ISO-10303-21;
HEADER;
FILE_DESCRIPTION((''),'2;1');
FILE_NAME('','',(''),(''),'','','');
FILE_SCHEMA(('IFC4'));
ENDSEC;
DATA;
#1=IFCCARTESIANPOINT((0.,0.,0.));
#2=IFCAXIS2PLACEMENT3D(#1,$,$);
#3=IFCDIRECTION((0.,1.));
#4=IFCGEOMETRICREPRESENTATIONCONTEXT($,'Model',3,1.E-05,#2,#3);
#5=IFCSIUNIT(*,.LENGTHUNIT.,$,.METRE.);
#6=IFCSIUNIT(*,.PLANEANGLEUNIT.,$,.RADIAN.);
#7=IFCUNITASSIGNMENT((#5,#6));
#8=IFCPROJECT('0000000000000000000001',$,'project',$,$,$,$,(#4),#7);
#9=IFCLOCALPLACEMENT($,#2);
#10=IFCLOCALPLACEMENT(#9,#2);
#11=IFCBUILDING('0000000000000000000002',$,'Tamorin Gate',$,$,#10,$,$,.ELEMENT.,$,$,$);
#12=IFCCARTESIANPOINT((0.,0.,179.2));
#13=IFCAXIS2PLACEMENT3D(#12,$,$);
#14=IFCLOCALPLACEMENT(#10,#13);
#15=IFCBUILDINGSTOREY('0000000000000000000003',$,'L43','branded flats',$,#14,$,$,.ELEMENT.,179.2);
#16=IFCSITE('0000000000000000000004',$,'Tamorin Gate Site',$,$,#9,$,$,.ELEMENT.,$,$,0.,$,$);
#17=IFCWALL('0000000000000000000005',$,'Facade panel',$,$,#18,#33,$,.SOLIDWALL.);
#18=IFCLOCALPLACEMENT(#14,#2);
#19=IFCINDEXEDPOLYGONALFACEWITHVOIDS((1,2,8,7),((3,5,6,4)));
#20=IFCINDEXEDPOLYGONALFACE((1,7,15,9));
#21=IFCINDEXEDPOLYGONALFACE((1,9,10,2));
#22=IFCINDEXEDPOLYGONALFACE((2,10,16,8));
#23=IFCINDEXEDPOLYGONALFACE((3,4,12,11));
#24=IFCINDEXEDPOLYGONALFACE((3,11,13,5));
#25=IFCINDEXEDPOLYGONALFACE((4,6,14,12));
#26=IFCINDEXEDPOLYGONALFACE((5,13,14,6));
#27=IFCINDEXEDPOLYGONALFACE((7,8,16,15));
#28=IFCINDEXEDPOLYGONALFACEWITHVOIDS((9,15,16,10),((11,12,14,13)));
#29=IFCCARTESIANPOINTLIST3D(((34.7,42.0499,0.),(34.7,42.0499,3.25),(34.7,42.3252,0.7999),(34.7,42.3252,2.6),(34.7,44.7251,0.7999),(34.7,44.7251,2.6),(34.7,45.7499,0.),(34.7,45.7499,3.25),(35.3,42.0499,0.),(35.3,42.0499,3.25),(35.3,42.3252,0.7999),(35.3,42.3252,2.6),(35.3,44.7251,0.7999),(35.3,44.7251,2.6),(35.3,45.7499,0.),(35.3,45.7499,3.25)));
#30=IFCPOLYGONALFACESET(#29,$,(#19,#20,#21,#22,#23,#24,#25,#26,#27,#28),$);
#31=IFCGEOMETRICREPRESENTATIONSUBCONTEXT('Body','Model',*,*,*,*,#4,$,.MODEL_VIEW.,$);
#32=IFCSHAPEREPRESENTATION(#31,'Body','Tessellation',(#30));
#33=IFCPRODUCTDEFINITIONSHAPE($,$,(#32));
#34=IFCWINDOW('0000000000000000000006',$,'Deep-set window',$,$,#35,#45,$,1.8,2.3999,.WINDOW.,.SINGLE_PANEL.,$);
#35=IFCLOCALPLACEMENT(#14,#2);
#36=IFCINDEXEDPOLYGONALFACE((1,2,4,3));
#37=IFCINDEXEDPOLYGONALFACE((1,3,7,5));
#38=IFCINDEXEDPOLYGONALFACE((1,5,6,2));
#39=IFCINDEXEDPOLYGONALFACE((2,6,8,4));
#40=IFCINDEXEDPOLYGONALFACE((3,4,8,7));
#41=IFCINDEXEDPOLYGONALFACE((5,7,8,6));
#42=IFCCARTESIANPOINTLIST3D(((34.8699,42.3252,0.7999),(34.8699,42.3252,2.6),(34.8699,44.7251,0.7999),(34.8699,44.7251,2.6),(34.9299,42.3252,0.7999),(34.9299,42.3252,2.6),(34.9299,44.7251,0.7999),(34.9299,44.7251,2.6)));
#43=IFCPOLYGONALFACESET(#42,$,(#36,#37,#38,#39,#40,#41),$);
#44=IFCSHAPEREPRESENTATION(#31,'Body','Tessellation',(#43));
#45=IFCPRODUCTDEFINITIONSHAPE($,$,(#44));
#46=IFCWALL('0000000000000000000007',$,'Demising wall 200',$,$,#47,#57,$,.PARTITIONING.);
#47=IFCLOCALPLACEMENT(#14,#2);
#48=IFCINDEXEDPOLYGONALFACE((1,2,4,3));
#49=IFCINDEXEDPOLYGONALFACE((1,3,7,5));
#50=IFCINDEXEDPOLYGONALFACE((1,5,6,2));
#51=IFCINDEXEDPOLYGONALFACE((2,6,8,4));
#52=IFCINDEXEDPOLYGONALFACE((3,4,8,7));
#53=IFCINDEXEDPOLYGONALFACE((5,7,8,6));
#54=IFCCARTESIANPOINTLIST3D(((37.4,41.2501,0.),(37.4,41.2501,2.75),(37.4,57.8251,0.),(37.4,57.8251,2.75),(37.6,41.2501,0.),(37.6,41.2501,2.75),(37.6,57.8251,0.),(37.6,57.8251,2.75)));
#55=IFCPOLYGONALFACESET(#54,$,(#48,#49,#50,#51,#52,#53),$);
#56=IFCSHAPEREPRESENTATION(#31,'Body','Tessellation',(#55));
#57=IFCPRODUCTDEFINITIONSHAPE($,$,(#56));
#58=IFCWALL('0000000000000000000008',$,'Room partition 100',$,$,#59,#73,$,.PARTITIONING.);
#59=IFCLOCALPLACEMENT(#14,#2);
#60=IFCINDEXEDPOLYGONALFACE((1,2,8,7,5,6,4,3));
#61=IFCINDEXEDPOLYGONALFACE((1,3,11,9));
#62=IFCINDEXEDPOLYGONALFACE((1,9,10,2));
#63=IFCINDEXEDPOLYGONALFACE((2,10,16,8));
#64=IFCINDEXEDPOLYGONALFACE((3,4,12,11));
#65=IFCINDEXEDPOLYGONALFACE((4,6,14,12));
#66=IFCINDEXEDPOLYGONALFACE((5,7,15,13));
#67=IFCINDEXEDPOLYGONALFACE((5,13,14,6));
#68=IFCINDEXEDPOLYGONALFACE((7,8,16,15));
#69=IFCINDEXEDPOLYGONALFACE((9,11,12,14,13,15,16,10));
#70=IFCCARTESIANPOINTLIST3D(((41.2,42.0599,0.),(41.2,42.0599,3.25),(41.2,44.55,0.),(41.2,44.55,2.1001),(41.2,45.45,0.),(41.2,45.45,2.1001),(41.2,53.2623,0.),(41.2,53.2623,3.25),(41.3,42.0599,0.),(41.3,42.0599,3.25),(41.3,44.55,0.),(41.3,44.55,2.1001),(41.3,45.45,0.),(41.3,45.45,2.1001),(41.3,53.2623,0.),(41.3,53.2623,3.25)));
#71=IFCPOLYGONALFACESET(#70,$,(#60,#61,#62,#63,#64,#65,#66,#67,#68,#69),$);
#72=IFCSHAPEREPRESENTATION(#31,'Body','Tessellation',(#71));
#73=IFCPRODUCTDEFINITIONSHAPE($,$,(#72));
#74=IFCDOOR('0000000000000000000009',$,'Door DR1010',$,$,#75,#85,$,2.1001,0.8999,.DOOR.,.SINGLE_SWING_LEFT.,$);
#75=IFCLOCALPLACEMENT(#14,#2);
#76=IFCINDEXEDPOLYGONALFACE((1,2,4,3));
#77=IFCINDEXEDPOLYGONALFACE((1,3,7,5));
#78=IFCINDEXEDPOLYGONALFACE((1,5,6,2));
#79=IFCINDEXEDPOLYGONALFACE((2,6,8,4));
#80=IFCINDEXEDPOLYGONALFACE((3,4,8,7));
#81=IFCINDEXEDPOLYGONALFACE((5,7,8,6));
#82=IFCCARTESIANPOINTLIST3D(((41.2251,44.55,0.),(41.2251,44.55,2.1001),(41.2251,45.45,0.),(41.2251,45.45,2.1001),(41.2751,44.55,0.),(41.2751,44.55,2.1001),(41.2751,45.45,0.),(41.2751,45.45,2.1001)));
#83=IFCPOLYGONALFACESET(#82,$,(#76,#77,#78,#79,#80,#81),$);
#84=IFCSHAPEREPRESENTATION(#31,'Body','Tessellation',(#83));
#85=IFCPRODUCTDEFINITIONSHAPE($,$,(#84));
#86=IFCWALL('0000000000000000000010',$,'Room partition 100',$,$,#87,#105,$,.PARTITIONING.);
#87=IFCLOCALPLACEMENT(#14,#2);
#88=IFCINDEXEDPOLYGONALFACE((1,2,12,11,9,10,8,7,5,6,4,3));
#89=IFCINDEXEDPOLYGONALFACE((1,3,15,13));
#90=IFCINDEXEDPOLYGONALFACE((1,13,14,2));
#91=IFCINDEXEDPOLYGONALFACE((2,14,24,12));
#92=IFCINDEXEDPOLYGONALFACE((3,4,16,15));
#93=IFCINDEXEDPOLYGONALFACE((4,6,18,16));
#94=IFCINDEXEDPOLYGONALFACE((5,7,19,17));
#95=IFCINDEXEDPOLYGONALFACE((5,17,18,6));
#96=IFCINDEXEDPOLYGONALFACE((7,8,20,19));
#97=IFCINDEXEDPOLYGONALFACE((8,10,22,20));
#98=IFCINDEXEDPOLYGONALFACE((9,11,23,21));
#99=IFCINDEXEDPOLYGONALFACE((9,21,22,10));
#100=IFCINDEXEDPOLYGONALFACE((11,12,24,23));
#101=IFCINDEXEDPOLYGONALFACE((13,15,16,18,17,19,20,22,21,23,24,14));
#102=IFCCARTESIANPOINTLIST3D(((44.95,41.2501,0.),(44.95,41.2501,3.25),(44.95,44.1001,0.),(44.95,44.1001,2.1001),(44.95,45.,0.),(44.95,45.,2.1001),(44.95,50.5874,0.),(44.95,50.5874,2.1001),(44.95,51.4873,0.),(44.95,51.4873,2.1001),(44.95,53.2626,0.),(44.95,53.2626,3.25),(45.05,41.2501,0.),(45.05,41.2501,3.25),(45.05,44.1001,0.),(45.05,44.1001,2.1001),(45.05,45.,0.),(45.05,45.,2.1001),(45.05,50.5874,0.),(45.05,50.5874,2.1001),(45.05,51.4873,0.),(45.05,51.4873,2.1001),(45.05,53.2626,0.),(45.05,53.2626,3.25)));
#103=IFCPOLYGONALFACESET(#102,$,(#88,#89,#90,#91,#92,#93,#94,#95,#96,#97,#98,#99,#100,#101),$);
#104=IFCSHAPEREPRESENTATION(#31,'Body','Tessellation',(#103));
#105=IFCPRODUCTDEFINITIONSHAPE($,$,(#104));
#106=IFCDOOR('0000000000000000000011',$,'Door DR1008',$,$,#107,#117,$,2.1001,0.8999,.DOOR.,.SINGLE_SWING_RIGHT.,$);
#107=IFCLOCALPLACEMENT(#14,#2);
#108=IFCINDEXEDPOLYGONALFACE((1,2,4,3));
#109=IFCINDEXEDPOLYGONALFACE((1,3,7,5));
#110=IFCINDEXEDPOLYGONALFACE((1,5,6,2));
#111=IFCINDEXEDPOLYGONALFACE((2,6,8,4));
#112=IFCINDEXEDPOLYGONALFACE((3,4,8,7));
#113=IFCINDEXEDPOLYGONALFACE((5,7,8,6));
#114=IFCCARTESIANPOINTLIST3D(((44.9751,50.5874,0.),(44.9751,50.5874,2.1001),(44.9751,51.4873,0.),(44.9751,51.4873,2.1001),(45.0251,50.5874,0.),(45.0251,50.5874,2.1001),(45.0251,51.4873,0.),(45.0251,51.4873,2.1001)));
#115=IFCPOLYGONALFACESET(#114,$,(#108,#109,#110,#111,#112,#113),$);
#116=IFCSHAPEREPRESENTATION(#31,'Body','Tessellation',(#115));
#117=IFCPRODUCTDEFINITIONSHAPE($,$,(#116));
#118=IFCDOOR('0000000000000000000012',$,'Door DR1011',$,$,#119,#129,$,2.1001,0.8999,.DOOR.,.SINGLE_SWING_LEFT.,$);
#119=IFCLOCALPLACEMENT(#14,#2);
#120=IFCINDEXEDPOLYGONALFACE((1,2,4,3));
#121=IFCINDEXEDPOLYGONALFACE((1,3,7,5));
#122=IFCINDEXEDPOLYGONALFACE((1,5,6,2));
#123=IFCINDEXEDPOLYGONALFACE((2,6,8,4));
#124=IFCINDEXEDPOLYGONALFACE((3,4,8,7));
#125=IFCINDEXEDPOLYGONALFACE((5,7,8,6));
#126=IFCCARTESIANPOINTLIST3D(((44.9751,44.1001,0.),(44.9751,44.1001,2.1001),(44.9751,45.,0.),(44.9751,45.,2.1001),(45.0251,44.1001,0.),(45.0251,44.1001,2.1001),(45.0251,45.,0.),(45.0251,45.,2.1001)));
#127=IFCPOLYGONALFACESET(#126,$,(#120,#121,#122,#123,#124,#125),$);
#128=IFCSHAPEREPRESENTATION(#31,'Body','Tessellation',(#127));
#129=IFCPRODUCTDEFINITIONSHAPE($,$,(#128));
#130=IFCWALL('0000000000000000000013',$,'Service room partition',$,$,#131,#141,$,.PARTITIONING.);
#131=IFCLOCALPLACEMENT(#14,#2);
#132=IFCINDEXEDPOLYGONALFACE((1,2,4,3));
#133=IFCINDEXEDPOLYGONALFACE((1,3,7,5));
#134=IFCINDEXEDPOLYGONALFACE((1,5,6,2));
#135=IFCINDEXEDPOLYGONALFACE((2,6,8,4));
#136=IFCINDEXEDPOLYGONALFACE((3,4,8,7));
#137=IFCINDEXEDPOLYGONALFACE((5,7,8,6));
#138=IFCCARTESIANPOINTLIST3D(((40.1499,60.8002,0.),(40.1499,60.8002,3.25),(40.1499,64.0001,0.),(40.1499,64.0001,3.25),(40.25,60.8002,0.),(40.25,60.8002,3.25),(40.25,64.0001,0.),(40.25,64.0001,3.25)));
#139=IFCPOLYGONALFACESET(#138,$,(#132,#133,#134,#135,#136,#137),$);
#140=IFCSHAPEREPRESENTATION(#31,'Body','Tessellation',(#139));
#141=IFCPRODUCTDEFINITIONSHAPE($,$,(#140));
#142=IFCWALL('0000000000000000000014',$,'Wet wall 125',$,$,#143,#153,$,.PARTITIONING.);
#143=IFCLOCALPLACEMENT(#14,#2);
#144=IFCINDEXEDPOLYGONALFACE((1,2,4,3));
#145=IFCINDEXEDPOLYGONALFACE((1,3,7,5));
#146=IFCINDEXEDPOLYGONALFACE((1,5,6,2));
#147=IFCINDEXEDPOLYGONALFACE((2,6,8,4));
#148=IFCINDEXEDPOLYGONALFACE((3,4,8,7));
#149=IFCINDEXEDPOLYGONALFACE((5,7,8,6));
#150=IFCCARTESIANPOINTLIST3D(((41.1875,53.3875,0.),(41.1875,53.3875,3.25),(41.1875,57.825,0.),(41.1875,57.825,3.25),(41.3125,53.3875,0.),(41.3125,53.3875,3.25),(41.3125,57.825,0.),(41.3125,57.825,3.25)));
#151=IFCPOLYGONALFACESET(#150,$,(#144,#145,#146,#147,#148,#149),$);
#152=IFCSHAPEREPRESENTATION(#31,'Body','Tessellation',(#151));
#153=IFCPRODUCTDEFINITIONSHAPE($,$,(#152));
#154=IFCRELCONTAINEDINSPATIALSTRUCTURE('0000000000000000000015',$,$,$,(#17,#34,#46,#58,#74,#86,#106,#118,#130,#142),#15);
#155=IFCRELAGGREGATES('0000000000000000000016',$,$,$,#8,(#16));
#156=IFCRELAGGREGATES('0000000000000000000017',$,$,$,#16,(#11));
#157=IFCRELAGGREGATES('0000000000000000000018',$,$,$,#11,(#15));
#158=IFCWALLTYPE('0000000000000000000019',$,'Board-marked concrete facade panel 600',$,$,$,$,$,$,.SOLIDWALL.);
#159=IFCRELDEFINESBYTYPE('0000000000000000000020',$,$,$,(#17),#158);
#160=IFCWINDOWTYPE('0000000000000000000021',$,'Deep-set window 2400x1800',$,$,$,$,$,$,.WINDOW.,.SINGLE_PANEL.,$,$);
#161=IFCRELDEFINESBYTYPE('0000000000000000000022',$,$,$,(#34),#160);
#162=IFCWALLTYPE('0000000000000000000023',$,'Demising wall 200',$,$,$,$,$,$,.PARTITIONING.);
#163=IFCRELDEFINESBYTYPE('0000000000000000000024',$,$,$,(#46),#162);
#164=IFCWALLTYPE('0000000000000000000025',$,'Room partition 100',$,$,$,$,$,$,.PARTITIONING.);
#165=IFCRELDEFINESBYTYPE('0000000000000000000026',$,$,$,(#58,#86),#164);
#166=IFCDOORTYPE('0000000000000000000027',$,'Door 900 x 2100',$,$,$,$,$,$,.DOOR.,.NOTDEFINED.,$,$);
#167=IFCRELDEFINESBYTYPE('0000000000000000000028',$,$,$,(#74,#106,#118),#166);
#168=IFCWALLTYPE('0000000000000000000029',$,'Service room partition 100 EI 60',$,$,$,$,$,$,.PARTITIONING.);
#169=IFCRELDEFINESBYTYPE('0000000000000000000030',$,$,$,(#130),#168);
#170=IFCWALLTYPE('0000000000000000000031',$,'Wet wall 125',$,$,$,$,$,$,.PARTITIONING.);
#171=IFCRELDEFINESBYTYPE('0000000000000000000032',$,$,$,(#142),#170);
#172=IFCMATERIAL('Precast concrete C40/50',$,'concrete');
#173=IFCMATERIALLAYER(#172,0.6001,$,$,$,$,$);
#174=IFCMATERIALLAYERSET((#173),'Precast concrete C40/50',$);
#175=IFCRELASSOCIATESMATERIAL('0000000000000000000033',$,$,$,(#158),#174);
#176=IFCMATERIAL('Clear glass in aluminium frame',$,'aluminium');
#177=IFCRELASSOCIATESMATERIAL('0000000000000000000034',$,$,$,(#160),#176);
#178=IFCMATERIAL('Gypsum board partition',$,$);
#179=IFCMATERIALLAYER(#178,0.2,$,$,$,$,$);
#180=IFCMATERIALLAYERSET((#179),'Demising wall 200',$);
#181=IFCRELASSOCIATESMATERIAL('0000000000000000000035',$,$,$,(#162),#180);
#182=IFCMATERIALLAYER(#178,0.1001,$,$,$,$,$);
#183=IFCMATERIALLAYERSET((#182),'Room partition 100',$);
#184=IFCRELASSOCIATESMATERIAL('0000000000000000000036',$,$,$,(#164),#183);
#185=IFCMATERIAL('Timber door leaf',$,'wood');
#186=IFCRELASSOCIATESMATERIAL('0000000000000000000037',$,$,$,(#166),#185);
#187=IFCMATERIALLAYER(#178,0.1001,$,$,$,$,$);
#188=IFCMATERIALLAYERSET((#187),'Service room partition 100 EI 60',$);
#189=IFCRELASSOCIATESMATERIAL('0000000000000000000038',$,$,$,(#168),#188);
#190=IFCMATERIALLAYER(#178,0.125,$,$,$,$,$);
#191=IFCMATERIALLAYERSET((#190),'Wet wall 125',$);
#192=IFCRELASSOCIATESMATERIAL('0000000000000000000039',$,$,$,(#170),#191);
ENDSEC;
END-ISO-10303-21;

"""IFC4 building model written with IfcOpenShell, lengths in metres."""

from ifc_helpers import new_model, si_unit, direction, frame, frame_2d, origin, place, context, subcontext, project, spatial, rectangle, extrude, material, layer, layer_set, type_object, element, fill, save


model = new_model("IFC4")

# Units and contexts
model_context = context("Model", 3, precision=1e-05, world=origin(), true_north=direction((0.0, 1.0)))
body_context = subcontext(model_context, "Body", "Model", "MODEL_VIEW")
ifc_project = project(units=[si_unit("LENGTHUNIT", "METRE"), si_unit("PLANEANGLEUNIT", "RADIAN")], contexts=[model_context])

# Site, building, storey
site_placement = place(None, origin())
site = spatial("IfcSite", under=ifc_project, at=site_placement, Name="Tamorin Gate Site", CompositionType="ELEMENT", RefElevation=0.0)
building_placement = place(site_placement, origin())
building = spatial("IfcBuilding", under=site, at=building_placement, Name="Tamorin Gate", CompositionType="ELEMENT")
storey_placement = place(building_placement, frame((0.0, 0.0, 179.2)))
storey = spatial("IfcBuildingStorey", under=building, at=storey_placement, Name="L43", Description="branded flats", CompositionType="ELEMENT", Elevation=179.2)

# Shared definitions
ifc_material_1 = material(Name="Precast concrete C40/50", Category="concrete")
ifc_layer_1 = layer(ifc_material_1, 0.6001)
ifc_layer_set_1 = layer_set([ifc_layer_1], Name="Precast concrete C40/50")
wall_type_1 = type_object("IfcWallType", Name="Board-marked concrete facade panel 600", PredefinedType="SOLIDWALL", material=ifc_layer_set_1)
ifc_material_2 = material(Name="Clear glass in aluminium frame", Category="aluminium")
window_type = type_object("IfcWindowType", Name="Deep-set window 2400x1800", PartitioningType="SINGLE_PANEL", PredefinedType="WINDOW", material=ifc_material_2)

# Wall, opening, window
wall_1_placement = place(storey_placement, frame((35.0, 45.75, 0.0), z_axis=(0.0, 0.0, 1.0), x_axis=(0.0, -1.0, 0.0)))
wall_1 = element("IfcWall", 1, at=wall_1_placement, inside=storey, type_object=wall_type_1, Name="Facade panel", PredefinedType="SOLIDWALL", context=body_context, shape_type="SweptSolid", body=[
    extrude(rectangle(XDim=3.7, YDim=0.6001, at=frame_2d((1.8501, 0.0))), origin(), (0.0, 0.0, 1.0), 3.25),
])
opening_1_placement = place(wall_1_placement, frame((1.0249, 0.0, 0.8)))
opening_1 = element("IfcOpeningElement", 2, at=opening_1_placement, cuts=wall_1, PredefinedType="OPENING", context=body_context, shape_type="SweptSolid", body=[
    extrude(rectangle(XDim=2.3999, YDim=1.8, at=frame_2d((1.2, 0.8999))), frame((0.0, 0.3101, 0.0), z_axis=(0.0, -1.0, 0.0), x_axis=(1.0, 0.0, 0.0)), (0.0, 0.0, 1.0), 0.6201),
])
window_1_placement = place(opening_1_placement, origin())
window_1 = element("IfcWindow", 3, at=window_1_placement, inside=storey, type_object=window_type, Name="Deep-set window", OverallHeight=1.8, OverallWidth=2.3999, PartitioningType="SINGLE_PANEL", PredefinedType="WINDOW", context=body_context, shape_type="SweptSolid", body=[
    extrude(rectangle(XDim=2.3999, YDim=1.8, at=frame_2d((1.2, 0.8999))), frame((0.0, -0.0701, 0.0), z_axis=(0.0, -1.0, 0.0), x_axis=(1.0, 0.0, 0.0)), (0.0, 0.0, 1.0), 0.0601),
])
fill(opening_1, window_1)

# Wall
ifc_material_3 = material(Name="Gypsum board partition")
ifc_layer_2 = layer(ifc_material_3, 0.2)
ifc_layer_set_2 = layer_set([ifc_layer_2], Name="Demising wall 200")
wall_type_2 = type_object("IfcWallType", Name="Demising wall 200", PredefinedType="PARTITIONING", material=ifc_layer_set_2)
wall_2_placement = place(storey_placement, frame((37.5, 41.25, 0.0), z_axis=(0.0, 0.0, 1.0), x_axis=(0.0, 1.0, 0.0)))
element("IfcWall", 4, at=wall_2_placement, inside=storey, type_object=wall_type_2, Name="Demising wall 200", PredefinedType="PARTITIONING", context=body_context, shape_type="SweptSolid", body=[
    extrude(rectangle(XDim=16.575, YDim=0.2, at=frame_2d((8.2876, 0.0))), origin(), (0.0, 0.0, 1.0), 2.75),
])

# Wall, opening, door
ifc_layer_3 = layer(ifc_material_3, 0.1001)
ifc_layer_set_3 = layer_set([ifc_layer_3], Name="Room partition 100")
wall_type_3 = type_object("IfcWallType", Name="Room partition 100", PredefinedType="PARTITIONING", material=ifc_layer_set_3)
wall_3_placement = place(storey_placement, frame((41.25, 42.0601, 0.0), z_axis=(0.0, 0.0, 1.0), x_axis=(0.0, 1.0, 0.0)))
wall_3 = element("IfcWall", 5, at=wall_3_placement, inside=storey, type_object=wall_type_3, Name="Room partition 100", PredefinedType="PARTITIONING", context=body_context, shape_type="SweptSolid", body=[
    extrude(rectangle(XDim=11.2024, YDim=0.1001, at=frame_2d((5.6011, 0.0))), origin(), (0.0, 0.0, 1.0), 3.25),
])
opening_2_placement = place(wall_3_placement, frame((2.49, 0.0, 0.0)))
opening_2 = element("IfcOpeningElement", 6, at=opening_2_placement, cuts=wall_3, PredefinedType="OPENING", context=body_context, shape_type="SweptSolid", body=[
    extrude(rectangle(XDim=0.8999, YDim=2.1001, at=frame_2d((0.45, 1.05))), frame((0.0, 0.0601, 0.0), z_axis=(0.0, -1.0, 0.0), x_axis=(1.0, 0.0, 0.0)), (0.0, 0.0, 1.0), 0.1201),
])
ifc_material_4 = material(Name="Timber door leaf", Category="wood")
door_type = type_object("IfcDoorType", Name="Door 900 x 2100", OperationType="NOTDEFINED", PredefinedType="DOOR", material=ifc_material_4)
door_1_placement = place(opening_2_placement, origin())
door_1 = element("IfcDoor", 7, at=door_1_placement, inside=storey, type_object=door_type, Name="Door DR1010", OperationType="SINGLE_SWING_LEFT", OverallHeight=2.1001, OverallWidth=0.8999, PredefinedType="DOOR", context=body_context, shape_type="SweptSolid", body=[
    extrude(rectangle(XDim=0.8999, YDim=2.1001, at=frame_2d((0.45, 1.05))), frame((0.0, 0.0249, 0.0), z_axis=(0.0, -1.0, 0.0), x_axis=(1.0, 0.0, 0.0)), (0.0, 0.0, 1.0), 0.05),
])
fill(opening_2, door_1)

# Wall, openings, doors
wall_4_placement = place(storey_placement, frame((45.0, 41.25, 0.0), z_axis=(0.0, 0.0, 1.0), x_axis=(0.0, 1.0, 0.0)))
wall_4 = element("IfcWall", 8, at=wall_4_placement, inside=storey, type_object=wall_type_3, Name="Room partition 100", PredefinedType="PARTITIONING", context=body_context, shape_type="SweptSolid", body=[
    extrude(rectangle(XDim=12.0125, YDim=0.1001, at=frame_2d((6.0063, 0.0))), origin(), (0.0, 0.0, 1.0), 3.25),
])
opening_3_placement = place(wall_4_placement, frame((9.3374, 0.0, 0.0)))
opening_3 = element("IfcOpeningElement", 9, at=opening_3_placement, cuts=wall_4, PredefinedType="OPENING", context=body_context, shape_type="SweptSolid", body=[
    extrude(rectangle(XDim=0.8999, YDim=2.1001, at=frame_2d((0.45, 1.05))), frame((0.0, 0.0601, 0.0), z_axis=(0.0, -1.0, 0.0), x_axis=(1.0, 0.0, 0.0)), (0.0, 0.0, 1.0), 0.1201),
])
opening_4_placement = place(wall_4_placement, frame((2.8501, 0.0, 0.0)))
opening_4 = element("IfcOpeningElement", 10, at=opening_4_placement, cuts=wall_4, PredefinedType="OPENING", context=body_context, shape_type="SweptSolid", body=[
    extrude(rectangle(XDim=0.8999, YDim=2.1001, at=frame_2d((0.45, 1.05))), frame((0.0, 0.0601, 0.0), z_axis=(0.0, -1.0, 0.0), x_axis=(1.0, 0.0, 0.0)), (0.0, 0.0, 1.0), 0.1201),
])
door_2_placement = place(opening_3_placement, origin())
door_2 = element("IfcDoor", 11, at=door_2_placement, inside=storey, type_object=door_type, Name="Door DR1008", OperationType="SINGLE_SWING_RIGHT", OverallHeight=2.1001, OverallWidth=0.8999, PredefinedType="DOOR", context=body_context, shape_type="SweptSolid", body=[
    extrude(rectangle(XDim=0.8999, YDim=2.1001, at=frame_2d((0.45, 1.05))), frame((0.0, 0.0249, 0.0), z_axis=(0.0, -1.0, 0.0), x_axis=(1.0, 0.0, 0.0)), (0.0, 0.0, 1.0), 0.05),
])
fill(opening_3, door_2)
door_3_placement = place(opening_4_placement, origin())
door_3 = element("IfcDoor", 12, at=door_3_placement, inside=storey, type_object=door_type, Name="Door DR1011", OperationType="SINGLE_SWING_LEFT", OverallHeight=2.1001, OverallWidth=0.8999, PredefinedType="DOOR", context=body_context, shape_type="SweptSolid", body=[
    extrude(rectangle(XDim=0.8999, YDim=2.1001, at=frame_2d((0.45, 1.05))), frame((0.0, 0.0249, 0.0), z_axis=(0.0, -1.0, 0.0), x_axis=(1.0, 0.0, 0.0)), (0.0, 0.0, 1.0), 0.05),
])
fill(opening_4, door_3)

# Walls
ifc_layer_4 = layer(ifc_material_3, 0.1001)
ifc_layer_set_4 = layer_set([ifc_layer_4], Name="Service room partition 100 EI 60")
wall_type_4 = type_object("IfcWallType", Name="Service room partition 100 EI 60", PredefinedType="PARTITIONING", material=ifc_layer_set_4)
wall_5_placement = place(storey_placement, frame((40.2, 60.8, 0.0), z_axis=(0.0, 0.0, 1.0), x_axis=(0.0, 1.0, 0.0)))
element("IfcWall", 13, at=wall_5_placement, inside=storey, type_object=wall_type_4, Name="Service room partition", PredefinedType="PARTITIONING", context=body_context, shape_type="SweptSolid", body=[
    extrude(rectangle(XDim=3.2, YDim=0.1001, at=frame_2d((1.6001, 0.0))), origin(), (0.0, 0.0, 1.0), 3.25),
])
ifc_layer_5 = layer(ifc_material_3, 0.125)
ifc_layer_set_5 = layer_set([ifc_layer_5], Name="Wet wall 125")
wall_type_5 = type_object("IfcWallType", Name="Wet wall 125", PredefinedType="PARTITIONING", material=ifc_layer_set_5)
wall_6_placement = place(storey_placement, frame((41.25, 53.3875, 0.0), z_axis=(0.0, 0.0, 1.0), x_axis=(0.0, 1.0, 0.0)))
element("IfcWall", 14, at=wall_6_placement, inside=storey, type_object=wall_type_5, Name="Wet wall 125", PredefinedType="PARTITIONING", context=body_context, shape_type="SweptSolid", body=[
    extrude(rectangle(XDim=4.4375, YDim=0.125, at=frame_2d((2.2188, 0.0))), origin(), (0.0, 0.0, 1.0), 3.25),
])

save(model, "model.ifc")
